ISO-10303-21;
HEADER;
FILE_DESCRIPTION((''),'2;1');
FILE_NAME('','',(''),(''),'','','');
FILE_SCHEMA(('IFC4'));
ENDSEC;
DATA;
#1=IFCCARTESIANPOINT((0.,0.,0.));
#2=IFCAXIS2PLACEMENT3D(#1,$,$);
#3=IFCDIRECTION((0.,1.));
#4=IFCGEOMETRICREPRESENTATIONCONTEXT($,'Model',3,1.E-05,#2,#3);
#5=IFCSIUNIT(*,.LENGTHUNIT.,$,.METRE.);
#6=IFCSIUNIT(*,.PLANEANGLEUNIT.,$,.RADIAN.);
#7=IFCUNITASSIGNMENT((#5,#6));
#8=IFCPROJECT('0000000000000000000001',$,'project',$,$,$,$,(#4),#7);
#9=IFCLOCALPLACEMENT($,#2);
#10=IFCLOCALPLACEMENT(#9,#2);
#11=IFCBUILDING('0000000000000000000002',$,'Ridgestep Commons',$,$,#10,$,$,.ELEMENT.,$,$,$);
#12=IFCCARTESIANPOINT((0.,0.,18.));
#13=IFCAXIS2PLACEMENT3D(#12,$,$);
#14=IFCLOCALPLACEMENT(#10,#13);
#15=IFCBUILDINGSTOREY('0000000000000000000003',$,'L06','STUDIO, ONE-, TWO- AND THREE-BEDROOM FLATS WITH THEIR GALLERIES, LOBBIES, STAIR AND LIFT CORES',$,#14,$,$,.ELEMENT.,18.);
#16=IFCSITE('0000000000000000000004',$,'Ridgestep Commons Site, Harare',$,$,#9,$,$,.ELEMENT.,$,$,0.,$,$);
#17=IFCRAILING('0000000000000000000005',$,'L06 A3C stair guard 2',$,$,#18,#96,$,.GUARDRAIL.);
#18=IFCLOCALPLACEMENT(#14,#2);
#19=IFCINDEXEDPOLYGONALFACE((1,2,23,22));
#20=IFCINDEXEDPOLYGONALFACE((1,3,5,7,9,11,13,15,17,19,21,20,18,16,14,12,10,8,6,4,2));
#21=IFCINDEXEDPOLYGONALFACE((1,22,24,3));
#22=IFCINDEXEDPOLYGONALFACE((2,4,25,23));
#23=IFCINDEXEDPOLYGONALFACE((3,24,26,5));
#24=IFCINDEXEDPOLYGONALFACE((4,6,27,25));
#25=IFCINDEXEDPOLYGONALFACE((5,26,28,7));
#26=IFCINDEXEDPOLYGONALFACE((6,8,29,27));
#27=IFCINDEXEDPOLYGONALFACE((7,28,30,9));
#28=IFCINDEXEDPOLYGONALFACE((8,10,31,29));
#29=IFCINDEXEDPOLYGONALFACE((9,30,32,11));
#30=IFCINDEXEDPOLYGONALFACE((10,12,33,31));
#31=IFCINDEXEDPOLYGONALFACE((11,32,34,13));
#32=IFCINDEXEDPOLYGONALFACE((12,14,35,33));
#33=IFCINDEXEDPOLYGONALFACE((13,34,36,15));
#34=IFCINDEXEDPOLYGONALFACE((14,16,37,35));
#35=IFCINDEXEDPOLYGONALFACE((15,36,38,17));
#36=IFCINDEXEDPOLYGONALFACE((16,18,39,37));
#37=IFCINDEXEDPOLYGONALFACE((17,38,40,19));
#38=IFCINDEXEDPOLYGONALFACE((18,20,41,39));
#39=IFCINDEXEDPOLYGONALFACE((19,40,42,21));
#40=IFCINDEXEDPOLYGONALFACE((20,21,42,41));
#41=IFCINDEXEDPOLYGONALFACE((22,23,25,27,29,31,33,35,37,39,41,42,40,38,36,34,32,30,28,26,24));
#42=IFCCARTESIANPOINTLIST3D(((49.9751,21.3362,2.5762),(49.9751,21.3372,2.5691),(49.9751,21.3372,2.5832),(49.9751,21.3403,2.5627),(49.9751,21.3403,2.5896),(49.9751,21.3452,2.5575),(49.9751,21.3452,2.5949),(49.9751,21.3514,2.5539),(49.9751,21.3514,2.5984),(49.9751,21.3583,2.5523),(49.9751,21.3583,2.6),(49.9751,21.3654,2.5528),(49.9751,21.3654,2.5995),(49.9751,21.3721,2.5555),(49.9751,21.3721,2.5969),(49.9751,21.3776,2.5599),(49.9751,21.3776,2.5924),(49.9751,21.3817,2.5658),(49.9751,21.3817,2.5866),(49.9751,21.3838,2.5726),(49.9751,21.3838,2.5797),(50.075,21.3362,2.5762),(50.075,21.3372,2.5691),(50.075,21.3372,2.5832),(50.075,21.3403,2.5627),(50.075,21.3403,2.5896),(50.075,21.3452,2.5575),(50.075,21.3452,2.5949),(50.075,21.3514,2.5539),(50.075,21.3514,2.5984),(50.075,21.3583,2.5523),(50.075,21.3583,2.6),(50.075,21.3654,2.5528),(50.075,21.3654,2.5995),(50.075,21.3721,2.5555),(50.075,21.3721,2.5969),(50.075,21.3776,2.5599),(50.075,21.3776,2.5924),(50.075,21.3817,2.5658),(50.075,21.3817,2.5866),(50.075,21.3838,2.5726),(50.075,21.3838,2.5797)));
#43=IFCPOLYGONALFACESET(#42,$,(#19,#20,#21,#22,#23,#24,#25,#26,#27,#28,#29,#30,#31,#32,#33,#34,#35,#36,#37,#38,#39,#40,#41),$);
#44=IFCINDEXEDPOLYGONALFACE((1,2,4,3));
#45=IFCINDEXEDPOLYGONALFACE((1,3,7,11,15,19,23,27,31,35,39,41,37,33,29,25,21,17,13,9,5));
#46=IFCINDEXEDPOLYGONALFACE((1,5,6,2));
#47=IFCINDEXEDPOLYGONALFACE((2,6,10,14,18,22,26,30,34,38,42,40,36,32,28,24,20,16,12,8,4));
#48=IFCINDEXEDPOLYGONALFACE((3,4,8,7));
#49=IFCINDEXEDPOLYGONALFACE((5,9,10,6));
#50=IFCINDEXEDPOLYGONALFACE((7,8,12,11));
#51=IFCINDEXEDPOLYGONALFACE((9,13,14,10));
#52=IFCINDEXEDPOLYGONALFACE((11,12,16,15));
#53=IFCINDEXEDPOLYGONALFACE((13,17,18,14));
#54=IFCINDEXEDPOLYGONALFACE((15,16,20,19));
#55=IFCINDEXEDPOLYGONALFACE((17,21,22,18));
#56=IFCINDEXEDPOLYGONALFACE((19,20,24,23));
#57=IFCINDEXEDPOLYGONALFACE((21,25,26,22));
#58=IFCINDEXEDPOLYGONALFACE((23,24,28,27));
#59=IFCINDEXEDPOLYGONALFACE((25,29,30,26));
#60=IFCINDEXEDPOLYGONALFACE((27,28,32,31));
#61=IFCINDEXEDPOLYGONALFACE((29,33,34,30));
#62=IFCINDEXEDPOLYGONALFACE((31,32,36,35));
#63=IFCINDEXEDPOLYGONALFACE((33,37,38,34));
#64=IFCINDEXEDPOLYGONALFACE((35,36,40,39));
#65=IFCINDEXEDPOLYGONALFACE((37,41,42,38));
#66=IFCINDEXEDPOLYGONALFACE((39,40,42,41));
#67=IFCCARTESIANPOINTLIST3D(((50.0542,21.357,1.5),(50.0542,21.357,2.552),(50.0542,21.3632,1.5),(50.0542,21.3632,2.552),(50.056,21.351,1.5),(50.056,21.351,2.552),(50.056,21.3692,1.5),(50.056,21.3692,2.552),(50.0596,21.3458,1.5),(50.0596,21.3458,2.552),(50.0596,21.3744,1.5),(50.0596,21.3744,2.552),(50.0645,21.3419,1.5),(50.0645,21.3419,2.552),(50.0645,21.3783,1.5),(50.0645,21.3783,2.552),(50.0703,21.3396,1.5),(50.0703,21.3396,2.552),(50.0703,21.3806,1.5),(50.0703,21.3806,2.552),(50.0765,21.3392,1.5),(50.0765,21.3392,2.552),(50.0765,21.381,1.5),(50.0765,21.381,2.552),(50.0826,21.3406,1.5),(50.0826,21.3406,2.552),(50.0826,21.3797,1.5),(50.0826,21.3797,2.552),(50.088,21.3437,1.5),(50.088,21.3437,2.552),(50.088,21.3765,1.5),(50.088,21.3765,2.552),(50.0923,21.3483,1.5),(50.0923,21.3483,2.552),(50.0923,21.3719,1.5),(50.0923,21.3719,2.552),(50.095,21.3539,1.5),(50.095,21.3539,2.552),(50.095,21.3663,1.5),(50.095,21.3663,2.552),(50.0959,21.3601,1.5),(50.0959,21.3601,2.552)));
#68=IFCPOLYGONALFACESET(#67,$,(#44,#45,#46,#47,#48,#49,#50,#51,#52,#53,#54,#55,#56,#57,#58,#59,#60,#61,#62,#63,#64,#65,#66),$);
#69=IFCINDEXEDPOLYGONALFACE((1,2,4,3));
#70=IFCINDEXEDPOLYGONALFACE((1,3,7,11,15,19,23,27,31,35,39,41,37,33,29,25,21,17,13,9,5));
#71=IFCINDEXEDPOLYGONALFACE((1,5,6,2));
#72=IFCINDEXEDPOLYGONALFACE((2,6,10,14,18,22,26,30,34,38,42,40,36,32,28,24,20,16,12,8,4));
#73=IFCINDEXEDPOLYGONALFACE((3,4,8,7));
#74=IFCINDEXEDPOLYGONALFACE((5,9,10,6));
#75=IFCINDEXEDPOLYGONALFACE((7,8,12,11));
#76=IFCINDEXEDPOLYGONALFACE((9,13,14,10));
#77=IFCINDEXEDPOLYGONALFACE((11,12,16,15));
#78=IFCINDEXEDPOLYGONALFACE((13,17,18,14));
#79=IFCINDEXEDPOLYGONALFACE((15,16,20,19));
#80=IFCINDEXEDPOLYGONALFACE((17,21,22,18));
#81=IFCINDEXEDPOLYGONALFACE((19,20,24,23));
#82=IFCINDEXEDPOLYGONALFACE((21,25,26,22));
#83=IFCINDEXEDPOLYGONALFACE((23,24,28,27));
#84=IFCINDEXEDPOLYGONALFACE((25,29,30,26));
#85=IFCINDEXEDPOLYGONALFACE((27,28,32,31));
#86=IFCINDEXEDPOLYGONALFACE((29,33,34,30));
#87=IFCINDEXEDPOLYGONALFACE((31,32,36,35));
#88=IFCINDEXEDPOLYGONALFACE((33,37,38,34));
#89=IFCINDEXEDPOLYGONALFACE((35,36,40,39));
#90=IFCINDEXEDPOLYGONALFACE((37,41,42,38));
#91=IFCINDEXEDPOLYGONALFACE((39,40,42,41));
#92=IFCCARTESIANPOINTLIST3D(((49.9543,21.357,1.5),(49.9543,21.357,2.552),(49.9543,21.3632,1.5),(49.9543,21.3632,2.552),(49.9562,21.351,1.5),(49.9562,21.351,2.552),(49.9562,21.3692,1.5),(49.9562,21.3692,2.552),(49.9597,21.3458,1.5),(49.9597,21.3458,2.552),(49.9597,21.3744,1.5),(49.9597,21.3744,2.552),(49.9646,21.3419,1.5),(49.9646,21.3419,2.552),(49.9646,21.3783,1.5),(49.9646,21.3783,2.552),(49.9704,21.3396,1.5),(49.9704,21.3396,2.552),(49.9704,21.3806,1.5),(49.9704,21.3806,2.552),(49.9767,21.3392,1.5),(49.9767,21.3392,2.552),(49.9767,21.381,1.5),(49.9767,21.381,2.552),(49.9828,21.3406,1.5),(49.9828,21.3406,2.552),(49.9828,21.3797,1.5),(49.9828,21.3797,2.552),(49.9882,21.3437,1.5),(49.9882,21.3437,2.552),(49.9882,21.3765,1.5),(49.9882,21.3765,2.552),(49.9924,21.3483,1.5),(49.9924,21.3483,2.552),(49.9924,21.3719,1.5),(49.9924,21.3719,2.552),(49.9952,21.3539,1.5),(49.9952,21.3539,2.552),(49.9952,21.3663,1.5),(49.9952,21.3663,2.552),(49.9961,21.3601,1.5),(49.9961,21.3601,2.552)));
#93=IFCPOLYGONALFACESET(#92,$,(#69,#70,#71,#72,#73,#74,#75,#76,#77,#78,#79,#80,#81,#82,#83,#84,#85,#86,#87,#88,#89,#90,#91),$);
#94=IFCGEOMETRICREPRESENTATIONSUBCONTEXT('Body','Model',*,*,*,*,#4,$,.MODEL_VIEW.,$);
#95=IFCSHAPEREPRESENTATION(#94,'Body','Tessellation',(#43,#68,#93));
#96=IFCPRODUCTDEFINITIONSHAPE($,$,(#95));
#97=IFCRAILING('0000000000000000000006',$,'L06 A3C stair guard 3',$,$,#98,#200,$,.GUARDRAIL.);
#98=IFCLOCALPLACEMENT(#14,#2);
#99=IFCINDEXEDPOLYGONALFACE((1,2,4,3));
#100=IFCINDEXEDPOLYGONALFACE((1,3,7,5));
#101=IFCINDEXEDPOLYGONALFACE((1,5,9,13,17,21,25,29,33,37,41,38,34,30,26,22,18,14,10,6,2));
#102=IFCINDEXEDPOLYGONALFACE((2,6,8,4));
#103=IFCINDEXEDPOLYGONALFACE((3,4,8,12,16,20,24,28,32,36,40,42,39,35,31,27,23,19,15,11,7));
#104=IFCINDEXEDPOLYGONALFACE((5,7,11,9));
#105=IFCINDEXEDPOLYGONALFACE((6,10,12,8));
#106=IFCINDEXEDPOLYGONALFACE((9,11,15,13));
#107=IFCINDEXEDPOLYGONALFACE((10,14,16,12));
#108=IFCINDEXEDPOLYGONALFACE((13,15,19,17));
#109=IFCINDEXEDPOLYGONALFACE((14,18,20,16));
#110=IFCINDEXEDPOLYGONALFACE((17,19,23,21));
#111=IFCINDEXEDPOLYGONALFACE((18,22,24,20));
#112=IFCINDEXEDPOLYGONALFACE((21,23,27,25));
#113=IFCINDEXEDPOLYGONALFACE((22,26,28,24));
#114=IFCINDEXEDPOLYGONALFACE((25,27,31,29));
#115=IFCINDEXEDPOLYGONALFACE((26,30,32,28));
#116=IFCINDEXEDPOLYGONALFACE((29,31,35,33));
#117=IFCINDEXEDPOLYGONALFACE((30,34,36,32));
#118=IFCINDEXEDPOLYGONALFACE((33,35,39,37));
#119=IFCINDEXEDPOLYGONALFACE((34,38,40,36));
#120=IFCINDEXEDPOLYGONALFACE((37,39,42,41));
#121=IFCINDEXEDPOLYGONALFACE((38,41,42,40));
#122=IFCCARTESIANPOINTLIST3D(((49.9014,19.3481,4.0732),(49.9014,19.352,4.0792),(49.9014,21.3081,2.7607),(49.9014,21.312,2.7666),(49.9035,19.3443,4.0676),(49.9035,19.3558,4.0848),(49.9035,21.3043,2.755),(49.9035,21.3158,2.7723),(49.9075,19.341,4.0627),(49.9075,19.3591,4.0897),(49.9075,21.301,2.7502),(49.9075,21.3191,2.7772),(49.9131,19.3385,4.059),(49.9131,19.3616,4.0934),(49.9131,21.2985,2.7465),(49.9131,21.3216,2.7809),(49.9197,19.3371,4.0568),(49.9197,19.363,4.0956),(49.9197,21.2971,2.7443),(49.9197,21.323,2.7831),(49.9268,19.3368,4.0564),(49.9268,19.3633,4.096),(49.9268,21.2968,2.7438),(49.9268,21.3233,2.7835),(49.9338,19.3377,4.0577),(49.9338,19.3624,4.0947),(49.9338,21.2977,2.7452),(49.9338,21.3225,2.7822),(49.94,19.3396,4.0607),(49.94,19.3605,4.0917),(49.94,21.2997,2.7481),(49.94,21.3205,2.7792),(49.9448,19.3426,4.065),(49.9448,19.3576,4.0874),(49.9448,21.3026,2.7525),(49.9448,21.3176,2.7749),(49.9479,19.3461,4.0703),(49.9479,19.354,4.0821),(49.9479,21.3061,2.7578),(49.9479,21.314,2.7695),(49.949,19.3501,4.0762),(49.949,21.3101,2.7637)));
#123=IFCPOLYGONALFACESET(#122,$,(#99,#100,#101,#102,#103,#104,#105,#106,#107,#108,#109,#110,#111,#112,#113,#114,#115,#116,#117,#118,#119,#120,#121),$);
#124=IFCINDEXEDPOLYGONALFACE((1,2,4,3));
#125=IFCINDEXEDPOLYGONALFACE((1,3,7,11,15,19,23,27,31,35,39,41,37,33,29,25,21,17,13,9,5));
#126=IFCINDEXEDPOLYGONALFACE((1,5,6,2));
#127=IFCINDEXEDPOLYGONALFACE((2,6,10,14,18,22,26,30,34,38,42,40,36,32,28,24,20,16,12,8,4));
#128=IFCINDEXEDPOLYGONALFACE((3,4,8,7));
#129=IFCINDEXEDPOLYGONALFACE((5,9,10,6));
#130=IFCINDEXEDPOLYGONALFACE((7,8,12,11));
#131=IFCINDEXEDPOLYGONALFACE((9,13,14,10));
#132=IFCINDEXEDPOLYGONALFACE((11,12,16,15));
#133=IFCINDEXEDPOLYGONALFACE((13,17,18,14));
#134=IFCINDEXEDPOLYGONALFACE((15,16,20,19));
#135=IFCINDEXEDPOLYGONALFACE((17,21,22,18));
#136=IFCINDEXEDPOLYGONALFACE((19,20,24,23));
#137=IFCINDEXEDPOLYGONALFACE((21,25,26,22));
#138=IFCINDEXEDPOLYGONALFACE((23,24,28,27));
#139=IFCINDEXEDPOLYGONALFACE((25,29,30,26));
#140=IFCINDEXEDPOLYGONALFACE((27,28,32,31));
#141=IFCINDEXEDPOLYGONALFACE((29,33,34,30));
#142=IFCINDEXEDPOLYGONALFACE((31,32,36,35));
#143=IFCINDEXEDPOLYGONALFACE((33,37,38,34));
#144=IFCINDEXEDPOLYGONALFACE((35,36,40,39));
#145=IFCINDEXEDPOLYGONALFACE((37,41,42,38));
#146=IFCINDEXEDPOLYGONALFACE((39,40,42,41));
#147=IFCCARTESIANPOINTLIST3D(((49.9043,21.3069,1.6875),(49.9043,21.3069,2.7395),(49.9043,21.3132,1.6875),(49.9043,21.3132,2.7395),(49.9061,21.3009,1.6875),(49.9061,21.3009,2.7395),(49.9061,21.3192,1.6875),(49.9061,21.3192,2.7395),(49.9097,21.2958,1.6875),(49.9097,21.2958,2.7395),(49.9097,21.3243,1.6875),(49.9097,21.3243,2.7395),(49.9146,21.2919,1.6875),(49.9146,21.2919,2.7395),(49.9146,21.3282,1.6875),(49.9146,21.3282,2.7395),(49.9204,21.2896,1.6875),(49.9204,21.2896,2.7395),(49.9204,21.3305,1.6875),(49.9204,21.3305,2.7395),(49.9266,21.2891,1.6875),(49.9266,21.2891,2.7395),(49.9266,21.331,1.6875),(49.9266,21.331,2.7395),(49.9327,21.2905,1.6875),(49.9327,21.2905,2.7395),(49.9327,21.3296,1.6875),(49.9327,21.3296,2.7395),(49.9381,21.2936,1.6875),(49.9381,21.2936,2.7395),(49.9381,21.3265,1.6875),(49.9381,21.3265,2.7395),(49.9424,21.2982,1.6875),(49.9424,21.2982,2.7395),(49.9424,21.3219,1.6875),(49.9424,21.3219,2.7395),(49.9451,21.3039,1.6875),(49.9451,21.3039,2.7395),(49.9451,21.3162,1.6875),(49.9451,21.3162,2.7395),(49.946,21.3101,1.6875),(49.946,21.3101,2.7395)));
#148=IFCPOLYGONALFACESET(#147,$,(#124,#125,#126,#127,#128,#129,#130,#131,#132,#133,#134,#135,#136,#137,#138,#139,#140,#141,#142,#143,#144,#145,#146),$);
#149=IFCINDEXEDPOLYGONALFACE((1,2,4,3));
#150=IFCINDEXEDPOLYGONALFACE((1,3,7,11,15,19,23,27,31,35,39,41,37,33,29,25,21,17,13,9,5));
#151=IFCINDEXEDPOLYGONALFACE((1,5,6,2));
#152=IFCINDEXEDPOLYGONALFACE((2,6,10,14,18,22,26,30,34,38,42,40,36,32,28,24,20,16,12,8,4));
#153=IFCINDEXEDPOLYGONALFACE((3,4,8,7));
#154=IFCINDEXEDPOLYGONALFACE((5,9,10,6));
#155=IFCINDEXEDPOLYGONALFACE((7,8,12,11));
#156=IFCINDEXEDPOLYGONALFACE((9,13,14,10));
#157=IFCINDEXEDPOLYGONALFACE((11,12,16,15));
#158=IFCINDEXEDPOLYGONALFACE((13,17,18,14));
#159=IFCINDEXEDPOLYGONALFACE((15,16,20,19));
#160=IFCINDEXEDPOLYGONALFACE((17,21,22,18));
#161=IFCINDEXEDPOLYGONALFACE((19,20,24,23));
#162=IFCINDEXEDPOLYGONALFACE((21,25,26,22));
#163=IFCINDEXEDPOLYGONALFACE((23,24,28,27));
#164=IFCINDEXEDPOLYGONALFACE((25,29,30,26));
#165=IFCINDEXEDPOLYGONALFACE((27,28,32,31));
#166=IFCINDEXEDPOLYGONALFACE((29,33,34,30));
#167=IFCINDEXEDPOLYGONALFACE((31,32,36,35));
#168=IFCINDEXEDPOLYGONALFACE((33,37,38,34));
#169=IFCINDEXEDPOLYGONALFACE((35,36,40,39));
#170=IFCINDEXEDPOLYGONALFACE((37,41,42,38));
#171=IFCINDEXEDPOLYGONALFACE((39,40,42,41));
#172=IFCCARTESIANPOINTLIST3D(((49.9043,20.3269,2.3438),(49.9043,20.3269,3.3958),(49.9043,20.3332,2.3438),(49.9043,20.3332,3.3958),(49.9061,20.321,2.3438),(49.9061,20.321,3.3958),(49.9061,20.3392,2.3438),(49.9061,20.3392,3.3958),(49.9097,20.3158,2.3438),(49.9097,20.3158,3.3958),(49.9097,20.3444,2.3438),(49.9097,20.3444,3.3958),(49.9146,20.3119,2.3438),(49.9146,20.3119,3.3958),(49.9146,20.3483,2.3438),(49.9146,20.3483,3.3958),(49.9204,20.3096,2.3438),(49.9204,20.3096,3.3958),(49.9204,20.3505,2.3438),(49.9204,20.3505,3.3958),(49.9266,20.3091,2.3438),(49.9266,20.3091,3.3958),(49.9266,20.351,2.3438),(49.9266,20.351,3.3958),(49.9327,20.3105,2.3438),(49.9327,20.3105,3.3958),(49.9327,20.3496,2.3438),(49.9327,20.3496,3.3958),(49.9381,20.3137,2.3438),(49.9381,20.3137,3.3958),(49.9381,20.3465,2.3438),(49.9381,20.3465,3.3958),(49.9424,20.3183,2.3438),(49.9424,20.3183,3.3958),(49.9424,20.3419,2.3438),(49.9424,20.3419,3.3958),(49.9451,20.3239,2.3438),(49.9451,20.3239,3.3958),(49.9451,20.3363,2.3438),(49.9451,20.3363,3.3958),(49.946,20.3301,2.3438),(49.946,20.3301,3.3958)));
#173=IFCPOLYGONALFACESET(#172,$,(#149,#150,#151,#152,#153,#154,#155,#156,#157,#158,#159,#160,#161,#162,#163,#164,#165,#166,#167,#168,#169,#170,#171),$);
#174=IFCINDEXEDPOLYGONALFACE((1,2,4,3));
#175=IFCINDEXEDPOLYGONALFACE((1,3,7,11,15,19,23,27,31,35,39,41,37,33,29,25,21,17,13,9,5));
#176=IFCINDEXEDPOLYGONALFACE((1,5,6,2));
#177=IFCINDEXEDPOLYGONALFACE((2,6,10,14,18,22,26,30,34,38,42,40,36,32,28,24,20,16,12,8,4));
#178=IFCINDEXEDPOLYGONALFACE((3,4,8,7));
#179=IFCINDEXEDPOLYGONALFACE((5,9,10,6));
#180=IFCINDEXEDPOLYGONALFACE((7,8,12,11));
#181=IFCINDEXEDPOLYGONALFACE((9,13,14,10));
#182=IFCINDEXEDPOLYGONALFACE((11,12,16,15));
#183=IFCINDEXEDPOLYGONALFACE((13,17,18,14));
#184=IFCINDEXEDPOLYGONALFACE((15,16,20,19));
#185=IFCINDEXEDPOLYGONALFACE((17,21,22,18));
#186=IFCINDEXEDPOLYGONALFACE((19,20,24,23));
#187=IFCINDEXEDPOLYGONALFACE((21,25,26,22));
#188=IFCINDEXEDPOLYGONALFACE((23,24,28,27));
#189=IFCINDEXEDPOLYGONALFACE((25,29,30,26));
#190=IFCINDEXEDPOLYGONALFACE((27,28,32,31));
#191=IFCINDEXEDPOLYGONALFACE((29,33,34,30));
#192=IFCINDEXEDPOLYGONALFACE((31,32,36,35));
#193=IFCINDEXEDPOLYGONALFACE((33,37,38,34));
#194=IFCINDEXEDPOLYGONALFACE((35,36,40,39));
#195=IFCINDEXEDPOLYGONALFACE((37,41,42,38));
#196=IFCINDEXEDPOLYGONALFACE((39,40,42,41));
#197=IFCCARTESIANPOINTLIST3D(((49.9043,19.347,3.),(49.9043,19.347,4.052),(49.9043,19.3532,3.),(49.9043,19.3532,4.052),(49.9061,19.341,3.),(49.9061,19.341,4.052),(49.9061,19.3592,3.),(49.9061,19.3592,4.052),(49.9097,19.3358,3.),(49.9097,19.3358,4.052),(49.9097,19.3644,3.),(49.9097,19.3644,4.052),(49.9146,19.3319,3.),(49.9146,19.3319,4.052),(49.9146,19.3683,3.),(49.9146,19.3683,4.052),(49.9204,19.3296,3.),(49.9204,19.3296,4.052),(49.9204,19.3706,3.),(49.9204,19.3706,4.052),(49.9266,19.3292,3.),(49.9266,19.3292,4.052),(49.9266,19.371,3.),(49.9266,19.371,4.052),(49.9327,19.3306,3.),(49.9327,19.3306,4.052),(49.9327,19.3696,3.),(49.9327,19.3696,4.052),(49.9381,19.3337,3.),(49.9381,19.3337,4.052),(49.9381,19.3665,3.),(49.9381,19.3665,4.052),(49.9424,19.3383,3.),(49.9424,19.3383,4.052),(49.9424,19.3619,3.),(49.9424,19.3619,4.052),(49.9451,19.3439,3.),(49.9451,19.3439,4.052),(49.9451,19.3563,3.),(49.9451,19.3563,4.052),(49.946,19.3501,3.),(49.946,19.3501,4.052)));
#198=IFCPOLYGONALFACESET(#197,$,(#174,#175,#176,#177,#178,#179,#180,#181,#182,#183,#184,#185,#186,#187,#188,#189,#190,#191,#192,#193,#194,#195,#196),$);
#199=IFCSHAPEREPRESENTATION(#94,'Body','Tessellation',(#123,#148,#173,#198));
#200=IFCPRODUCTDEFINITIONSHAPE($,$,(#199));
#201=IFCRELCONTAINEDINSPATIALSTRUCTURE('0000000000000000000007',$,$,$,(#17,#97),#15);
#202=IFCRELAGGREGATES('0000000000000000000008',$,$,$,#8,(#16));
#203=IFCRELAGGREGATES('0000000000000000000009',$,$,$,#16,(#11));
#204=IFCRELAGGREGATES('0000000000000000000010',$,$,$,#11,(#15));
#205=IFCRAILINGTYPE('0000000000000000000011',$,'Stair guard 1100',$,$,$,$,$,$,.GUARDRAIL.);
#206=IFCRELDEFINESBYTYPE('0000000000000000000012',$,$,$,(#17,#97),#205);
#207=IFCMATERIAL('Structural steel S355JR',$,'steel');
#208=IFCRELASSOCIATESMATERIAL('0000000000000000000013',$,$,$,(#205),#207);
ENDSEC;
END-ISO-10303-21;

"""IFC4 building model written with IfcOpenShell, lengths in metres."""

from ifc_helpers import new_model, si_unit, direction, frame, origin, origin_2d, place, context, subcontext, project, spatial, circle, extrude, material, type_object, element, save


model = new_model("IFC4")

# Units and contexts
model_context = context("Model", 3, precision=1e-05, world=origin(), true_north=direction((0.0, 1.0)))
body_context = subcontext(model_context, "Body", "Model", "MODEL_VIEW")
ifc_project = project(units=[si_unit("LENGTHUNIT", "METRE"), si_unit("PLANEANGLEUNIT", "RADIAN")], contexts=[model_context])

# Site, building, storey
site_placement = place(None, origin())
site = spatial("IfcSite", under=ifc_project, at=site_placement, Name="Ridgestep Commons Site, Harare", CompositionType="ELEMENT", RefElevation=0.0)
building_placement = place(site_placement, origin())
building = spatial("IfcBuilding", under=site, at=building_placement, Name="Ridgestep Commons", CompositionType="ELEMENT")
storey_placement = place(building_placement, frame((0.0, 0.0, 18.0)))
storey = spatial("IfcBuildingStorey", under=building, at=storey_placement, Name="L06", Description="STUDIO, ONE-, TWO- AND THREE-BEDROOM FLATS WITH THEIR GALLERIES, LOBBIES, STAIR AND LIFT CORES", CompositionType="ELEMENT", Elevation=18.0)

# Railings
ifc_material_1 = material(Name="Structural steel S355JR", Category="steel")
railing_type_1 = type_object("IfcRailingType", Name="Stair guard 1100", PredefinedType="GUARDRAIL", material=ifc_material_1)
railing_1_placement = place(storey_placement, frame((50.075, 21.3601, 1.5)))
element("IfcRailing", 1, at=railing_1_placement, inside=storey, type_object=railing_type_1, Name="L06 A3C stair guard 2", PredefinedType="GUARDRAIL", context=body_context, shape_type="SweptSolid", body=[
    extrude(circle(Radius=0.0239, at=origin_2d()), frame((0.0, 0.0, 1.0762), z_axis=(-1.0, 0.0, 0.0), x_axis=(0.0, -1.0, 0.0)), (0.0, 0.0, 1.0), 0.0999),
    extrude(circle(Radius=0.021, at=origin_2d()), origin(), (0.0, 0.0, 1.0), 1.052),
    extrude(circle(Radius=0.021, at=origin_2d()), frame((-0.0999, 0.0, 0.0)), (0.0, 0.0, 1.0), 1.052),
])
railing_2_placement = place(storey_placement, frame((49.925, 21.3101, 1.6875)))
element("IfcRailing", 2, at=railing_2_placement, inside=storey, type_object=railing_type_1, Name="L06 A3C stair guard 3", PredefinedType="GUARDRAIL", context=body_context, shape_type="SweptSolid", body=[
    extrude(circle(Radius=0.0239, at=origin_2d()), frame((0.0, 0.0, 1.0762), z_axis=(0.0, -0.830902, 0.556419), x_axis=(1.0, 0.0, 0.0)), (0.0, 0.0, 1.0), 2.3589),
    extrude(circle(Radius=0.021, at=origin_2d()), origin(), (0.0, 0.0, 1.0), 1.052),
    extrude(circle(Radius=0.021, at=origin_2d()), frame((0.0, -0.98, 0.6562)), (0.0, 0.0, 1.0), 1.052),
    extrude(circle(Radius=0.021, at=origin_2d()), frame((0.0, -1.96, 1.3125)), (0.0, 0.0, 1.0), 1.052),
])

save(model, "model.ifc")
